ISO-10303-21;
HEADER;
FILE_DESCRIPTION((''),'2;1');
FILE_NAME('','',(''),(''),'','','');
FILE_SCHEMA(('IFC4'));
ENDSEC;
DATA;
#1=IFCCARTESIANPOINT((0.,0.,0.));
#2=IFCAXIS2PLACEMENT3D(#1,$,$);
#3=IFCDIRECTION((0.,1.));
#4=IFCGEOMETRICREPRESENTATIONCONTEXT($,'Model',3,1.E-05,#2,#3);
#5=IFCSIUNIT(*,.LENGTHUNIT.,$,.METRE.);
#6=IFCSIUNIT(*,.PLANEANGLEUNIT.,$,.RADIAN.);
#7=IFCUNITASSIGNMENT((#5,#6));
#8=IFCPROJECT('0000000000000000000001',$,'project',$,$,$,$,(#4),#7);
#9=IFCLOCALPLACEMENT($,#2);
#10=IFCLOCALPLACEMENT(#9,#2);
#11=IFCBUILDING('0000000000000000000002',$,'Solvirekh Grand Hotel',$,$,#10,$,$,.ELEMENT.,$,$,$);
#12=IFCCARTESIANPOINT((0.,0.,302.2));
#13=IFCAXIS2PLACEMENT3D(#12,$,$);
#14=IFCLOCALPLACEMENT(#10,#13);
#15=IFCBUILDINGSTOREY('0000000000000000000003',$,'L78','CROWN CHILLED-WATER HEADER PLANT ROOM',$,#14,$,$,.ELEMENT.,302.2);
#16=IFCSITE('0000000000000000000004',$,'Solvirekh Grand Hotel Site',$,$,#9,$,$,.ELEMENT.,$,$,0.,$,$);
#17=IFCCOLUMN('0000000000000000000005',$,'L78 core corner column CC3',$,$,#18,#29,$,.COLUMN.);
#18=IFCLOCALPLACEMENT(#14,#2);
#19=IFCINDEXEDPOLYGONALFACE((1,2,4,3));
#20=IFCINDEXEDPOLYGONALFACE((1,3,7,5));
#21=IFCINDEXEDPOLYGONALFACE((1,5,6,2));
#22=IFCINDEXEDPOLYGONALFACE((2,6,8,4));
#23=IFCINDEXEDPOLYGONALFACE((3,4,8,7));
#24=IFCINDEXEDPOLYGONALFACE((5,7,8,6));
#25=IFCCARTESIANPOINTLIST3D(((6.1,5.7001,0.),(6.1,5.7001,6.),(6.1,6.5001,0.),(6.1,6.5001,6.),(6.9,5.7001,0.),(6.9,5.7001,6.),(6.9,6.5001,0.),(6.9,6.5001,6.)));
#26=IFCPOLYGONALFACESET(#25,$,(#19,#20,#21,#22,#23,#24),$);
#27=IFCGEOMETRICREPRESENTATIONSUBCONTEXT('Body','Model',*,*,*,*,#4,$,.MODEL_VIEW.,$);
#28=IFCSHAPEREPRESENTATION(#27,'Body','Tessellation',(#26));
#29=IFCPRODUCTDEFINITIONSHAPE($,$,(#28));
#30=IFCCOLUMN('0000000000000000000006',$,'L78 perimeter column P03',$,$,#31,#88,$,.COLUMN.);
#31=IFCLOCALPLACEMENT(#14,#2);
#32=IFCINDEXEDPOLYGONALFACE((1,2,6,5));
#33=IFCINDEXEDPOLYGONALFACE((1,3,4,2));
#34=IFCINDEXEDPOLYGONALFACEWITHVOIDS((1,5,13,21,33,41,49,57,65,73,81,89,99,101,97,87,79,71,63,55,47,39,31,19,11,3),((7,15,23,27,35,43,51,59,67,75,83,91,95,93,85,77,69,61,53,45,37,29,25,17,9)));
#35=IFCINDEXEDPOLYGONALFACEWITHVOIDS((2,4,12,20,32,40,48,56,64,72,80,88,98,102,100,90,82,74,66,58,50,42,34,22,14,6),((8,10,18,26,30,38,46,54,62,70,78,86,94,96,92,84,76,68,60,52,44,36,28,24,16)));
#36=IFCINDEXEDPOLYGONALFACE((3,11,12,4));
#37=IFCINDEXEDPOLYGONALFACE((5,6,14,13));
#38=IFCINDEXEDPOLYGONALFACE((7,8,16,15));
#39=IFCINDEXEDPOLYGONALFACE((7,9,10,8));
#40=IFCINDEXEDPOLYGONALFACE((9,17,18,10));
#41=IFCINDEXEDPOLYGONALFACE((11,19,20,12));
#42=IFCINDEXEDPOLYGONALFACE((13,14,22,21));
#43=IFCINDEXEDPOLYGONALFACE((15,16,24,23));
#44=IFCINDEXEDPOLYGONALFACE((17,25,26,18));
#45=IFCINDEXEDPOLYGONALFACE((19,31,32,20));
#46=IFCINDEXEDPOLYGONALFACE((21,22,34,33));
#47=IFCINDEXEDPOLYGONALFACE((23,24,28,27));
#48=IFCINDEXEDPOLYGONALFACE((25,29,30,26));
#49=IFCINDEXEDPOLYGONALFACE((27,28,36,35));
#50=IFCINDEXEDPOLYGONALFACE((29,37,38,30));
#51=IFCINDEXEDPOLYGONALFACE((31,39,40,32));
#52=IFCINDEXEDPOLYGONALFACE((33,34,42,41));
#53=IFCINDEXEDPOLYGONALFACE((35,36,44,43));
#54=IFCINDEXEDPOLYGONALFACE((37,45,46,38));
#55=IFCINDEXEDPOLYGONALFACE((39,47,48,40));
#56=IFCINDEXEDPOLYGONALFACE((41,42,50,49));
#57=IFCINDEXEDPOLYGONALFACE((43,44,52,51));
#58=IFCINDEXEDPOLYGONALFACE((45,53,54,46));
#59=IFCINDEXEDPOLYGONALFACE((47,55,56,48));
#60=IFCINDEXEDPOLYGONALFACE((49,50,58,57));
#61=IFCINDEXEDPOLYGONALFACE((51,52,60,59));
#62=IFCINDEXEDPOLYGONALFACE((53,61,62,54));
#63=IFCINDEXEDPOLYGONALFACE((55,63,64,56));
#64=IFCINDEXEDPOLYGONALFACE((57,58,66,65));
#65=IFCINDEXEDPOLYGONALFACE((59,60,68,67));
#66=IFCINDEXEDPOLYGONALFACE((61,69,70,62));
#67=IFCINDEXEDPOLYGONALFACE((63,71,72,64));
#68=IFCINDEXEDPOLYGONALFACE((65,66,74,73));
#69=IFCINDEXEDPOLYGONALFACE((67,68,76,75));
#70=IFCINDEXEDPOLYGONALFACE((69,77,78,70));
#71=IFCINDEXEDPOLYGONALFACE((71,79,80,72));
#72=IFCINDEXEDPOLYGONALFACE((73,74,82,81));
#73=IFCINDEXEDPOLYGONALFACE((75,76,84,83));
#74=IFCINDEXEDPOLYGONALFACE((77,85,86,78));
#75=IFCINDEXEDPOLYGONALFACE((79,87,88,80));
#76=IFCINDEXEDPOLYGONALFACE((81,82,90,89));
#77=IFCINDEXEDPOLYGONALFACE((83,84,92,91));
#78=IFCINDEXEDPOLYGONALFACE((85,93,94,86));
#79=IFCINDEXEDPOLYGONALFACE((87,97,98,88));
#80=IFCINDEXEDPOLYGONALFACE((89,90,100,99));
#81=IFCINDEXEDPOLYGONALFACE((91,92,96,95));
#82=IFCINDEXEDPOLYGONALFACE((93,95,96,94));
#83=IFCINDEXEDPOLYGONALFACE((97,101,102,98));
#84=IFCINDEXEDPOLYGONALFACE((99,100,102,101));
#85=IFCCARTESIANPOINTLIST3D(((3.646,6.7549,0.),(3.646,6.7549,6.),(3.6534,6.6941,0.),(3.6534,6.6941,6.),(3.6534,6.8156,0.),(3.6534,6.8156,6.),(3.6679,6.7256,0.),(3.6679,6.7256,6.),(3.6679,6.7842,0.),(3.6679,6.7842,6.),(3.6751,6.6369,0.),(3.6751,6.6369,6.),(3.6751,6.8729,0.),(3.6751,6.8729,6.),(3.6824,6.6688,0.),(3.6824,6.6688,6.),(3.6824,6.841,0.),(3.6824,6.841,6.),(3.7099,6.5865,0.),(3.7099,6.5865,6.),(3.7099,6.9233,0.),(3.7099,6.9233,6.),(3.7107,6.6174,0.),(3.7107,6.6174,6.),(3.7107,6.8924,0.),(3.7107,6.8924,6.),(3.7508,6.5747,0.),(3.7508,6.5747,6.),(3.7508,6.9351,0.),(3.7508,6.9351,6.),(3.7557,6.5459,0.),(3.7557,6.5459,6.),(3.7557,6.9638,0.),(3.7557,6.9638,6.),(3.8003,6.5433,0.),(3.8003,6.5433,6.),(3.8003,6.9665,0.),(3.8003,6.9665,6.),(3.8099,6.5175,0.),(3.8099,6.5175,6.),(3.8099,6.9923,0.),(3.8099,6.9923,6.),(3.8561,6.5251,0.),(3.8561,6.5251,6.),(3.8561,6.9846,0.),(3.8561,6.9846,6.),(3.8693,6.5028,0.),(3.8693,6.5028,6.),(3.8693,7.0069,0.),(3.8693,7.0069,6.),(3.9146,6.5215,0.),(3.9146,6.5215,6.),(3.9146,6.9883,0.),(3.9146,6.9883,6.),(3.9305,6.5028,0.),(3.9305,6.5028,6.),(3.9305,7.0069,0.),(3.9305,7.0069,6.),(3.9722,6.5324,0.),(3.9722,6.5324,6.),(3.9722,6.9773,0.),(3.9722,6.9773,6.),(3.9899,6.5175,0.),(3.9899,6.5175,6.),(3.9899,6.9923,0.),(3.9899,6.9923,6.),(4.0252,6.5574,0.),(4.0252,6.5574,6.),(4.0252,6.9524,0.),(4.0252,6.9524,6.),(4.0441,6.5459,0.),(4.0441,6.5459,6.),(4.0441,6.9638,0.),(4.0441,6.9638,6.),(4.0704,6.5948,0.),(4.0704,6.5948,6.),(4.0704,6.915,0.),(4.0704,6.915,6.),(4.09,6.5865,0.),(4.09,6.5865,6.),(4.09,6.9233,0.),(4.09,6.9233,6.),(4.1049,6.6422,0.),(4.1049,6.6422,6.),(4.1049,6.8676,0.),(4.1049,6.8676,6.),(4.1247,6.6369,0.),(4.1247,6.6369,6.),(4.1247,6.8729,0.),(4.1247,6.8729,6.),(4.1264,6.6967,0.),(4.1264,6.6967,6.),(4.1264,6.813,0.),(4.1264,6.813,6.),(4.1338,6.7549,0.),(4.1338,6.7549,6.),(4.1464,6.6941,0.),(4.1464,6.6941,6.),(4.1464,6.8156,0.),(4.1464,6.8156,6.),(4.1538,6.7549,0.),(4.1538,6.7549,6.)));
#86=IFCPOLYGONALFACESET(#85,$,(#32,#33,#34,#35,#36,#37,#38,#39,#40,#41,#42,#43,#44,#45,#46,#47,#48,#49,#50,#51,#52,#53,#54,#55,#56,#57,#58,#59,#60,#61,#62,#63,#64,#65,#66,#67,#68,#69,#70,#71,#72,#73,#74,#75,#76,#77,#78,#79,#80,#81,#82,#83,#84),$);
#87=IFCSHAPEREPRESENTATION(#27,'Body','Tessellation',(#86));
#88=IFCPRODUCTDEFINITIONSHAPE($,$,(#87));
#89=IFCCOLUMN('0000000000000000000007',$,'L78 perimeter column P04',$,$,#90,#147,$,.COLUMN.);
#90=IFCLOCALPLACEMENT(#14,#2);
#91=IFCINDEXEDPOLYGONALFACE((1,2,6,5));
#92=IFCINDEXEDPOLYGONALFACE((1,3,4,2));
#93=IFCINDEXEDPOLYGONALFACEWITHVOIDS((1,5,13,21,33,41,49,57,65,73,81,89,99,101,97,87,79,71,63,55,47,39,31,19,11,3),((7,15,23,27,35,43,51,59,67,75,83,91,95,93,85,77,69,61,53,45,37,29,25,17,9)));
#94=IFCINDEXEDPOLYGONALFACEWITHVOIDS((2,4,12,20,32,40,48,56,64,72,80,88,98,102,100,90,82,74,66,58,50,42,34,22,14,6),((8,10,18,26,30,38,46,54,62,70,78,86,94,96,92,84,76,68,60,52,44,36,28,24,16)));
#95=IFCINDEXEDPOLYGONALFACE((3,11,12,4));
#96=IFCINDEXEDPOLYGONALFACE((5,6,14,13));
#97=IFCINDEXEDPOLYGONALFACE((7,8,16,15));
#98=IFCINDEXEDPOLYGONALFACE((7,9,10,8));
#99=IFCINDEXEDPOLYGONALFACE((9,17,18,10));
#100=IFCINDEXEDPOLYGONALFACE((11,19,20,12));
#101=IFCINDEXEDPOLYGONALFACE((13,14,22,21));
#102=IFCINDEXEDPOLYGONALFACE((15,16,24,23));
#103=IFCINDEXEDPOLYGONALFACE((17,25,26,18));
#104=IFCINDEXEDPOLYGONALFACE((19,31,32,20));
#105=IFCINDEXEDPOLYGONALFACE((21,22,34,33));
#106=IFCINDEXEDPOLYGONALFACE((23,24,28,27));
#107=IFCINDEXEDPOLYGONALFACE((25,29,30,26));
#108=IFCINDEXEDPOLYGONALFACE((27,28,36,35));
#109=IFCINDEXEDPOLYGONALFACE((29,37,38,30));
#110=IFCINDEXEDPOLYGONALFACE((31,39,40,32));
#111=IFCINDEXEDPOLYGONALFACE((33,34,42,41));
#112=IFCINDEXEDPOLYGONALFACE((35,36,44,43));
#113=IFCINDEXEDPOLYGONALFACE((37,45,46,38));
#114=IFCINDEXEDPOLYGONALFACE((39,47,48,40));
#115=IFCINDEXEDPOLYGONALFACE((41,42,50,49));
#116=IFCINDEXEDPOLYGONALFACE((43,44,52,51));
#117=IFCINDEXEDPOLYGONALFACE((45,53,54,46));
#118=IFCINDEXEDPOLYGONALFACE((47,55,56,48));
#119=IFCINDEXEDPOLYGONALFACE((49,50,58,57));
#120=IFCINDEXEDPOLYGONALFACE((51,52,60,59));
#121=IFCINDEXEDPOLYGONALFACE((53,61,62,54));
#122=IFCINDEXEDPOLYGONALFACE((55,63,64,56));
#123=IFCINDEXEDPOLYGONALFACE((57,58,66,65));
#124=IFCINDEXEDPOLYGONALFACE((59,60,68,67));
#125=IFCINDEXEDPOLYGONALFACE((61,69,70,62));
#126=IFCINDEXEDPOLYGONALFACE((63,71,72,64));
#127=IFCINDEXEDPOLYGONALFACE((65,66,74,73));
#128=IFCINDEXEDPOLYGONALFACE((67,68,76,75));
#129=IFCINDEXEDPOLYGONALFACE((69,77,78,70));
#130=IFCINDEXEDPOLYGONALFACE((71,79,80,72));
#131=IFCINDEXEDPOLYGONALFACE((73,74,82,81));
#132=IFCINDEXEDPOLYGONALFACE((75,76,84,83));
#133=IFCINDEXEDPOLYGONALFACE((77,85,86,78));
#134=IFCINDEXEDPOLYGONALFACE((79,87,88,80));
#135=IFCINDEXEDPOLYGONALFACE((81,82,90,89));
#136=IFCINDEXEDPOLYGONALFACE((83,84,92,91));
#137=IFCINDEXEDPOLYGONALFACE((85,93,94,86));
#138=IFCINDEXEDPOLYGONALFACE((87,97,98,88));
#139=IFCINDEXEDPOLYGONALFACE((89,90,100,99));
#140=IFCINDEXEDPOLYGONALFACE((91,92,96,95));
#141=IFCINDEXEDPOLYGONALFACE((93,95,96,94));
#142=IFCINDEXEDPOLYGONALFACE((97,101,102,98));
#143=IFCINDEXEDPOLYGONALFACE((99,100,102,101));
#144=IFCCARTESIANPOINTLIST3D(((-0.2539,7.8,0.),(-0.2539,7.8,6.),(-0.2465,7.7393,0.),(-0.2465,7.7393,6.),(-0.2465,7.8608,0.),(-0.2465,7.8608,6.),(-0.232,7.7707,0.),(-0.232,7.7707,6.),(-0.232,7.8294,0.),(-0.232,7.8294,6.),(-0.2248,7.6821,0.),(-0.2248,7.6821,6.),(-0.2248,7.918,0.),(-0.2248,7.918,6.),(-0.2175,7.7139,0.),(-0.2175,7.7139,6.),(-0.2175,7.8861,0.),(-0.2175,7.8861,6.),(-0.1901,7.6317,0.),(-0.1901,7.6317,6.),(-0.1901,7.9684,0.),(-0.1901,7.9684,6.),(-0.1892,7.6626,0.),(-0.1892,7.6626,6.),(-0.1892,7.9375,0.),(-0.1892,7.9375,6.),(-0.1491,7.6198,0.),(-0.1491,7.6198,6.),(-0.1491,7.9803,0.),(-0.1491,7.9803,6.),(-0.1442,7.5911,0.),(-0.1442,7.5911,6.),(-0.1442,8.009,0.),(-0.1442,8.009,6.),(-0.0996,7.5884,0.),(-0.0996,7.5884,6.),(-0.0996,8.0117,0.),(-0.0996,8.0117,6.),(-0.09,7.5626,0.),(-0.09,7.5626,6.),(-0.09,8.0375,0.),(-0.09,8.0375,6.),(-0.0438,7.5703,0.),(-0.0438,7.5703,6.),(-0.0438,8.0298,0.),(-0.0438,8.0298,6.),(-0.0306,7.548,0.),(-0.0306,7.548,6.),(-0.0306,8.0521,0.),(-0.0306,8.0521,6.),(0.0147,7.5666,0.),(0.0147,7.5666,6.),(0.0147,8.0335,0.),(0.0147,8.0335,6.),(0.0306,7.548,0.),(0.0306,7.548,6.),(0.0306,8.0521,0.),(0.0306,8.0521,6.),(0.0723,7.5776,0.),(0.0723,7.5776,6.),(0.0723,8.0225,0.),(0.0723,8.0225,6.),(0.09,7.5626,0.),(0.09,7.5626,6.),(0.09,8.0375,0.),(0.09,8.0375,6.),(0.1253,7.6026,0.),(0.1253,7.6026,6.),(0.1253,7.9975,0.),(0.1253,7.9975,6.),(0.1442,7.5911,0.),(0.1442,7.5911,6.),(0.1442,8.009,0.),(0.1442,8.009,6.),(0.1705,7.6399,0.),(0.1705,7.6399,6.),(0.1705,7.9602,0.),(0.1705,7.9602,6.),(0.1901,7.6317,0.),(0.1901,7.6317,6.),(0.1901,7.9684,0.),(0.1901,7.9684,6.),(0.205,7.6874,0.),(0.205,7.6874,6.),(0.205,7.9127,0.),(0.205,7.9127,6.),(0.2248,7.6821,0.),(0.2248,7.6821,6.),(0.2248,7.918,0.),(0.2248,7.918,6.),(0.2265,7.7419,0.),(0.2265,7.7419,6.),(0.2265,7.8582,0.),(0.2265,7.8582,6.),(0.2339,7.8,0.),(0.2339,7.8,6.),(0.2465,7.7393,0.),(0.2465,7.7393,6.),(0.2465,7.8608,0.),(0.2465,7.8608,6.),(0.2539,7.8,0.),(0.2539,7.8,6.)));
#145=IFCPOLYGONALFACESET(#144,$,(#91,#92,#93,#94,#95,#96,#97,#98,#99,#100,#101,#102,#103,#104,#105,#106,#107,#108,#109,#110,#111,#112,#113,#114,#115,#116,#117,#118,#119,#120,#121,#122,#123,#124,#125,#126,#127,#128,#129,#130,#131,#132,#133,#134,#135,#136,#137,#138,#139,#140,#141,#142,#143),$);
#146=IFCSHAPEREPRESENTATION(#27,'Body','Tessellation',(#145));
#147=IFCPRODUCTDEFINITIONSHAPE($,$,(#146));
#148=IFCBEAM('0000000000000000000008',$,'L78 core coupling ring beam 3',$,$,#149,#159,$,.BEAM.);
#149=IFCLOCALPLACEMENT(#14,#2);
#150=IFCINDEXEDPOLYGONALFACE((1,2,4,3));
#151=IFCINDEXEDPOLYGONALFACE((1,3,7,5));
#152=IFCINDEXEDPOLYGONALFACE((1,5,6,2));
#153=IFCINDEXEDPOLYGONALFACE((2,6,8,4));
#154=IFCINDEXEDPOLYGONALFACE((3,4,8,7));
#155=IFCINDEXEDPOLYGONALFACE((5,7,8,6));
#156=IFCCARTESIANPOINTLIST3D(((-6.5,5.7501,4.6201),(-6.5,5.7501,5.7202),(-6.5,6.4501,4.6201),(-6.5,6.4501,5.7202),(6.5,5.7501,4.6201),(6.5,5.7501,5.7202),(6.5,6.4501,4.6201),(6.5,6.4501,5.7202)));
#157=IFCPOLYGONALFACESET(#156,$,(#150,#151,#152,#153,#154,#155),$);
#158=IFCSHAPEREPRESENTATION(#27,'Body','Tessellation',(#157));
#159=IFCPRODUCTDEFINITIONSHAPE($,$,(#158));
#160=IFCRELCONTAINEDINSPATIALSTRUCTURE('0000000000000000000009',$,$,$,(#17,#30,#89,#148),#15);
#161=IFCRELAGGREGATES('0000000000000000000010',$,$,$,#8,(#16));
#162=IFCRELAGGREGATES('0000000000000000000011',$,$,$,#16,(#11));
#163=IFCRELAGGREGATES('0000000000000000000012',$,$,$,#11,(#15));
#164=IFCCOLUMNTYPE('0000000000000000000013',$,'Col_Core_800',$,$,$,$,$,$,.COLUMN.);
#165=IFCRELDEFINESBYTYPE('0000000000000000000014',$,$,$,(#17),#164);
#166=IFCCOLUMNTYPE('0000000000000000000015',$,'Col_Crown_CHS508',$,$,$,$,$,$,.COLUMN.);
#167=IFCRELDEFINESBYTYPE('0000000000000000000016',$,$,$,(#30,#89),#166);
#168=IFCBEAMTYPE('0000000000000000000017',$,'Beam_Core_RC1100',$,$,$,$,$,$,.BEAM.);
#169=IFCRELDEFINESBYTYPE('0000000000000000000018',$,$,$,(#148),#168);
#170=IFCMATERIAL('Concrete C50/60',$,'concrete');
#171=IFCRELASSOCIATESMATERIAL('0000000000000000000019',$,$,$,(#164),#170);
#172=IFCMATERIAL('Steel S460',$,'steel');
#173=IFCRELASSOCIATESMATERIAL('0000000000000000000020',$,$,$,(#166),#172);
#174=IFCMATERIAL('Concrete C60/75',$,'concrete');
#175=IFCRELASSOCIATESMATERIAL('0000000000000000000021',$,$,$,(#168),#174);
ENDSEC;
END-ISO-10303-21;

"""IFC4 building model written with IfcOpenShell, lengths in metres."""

from ifc_helpers import new_model, si_unit, direction, frame, origin, origin_2d, place, context, subcontext, project, spatial, rectangle, hollow_circle, extrude, material, material_profile, profile_set, type_object, element, save


model = new_model("IFC4")

# Units and contexts
model_context = context("Model", 3, precision=1e-05, world=origin(), true_north=direction((0.0, 1.0)))
body_context = subcontext(model_context, "Body", "Model", "MODEL_VIEW")
ifc_project = project(units=[si_unit("LENGTHUNIT", "METRE"), si_unit("PLANEANGLEUNIT", "RADIAN")], contexts=[model_context])

# Site, building, storey
site_placement = place(None, origin())
site = spatial("IfcSite", under=ifc_project, at=site_placement, Name="Solvirekh Grand Hotel Site", CompositionType="ELEMENT", RefElevation=0.0)
building_placement = place(site_placement, origin())
building = spatial("IfcBuilding", under=site, at=building_placement, Name="Solvirekh Grand Hotel", CompositionType="ELEMENT")
storey_placement = place(building_placement, frame((0.0, 0.0, 302.2)))
storey = spatial("IfcBuildingStorey", under=building, at=storey_placement, Name="L78", Description="CROWN CHILLED-WATER HEADER PLANT ROOM", CompositionType="ELEMENT", Elevation=302.2)

# Columns
ifc_material_1 = material(Name="Concrete C50/60", Category="concrete")
ifc_material_profile_1 = material_profile(ifc_material_1, rectangle(XDim=0.8, YDim=0.8, at=origin_2d()), Name="RC 800X800")
ifc_profile_set_1 = profile_set([ifc_material_profile_1], Name="Concrete C50/60")
column_type_1 = type_object("IfcColumnType", Name="Col_Core_800", PredefinedType="COLUMN", material=ifc_profile_set_1)
column_placement = place(storey_placement, frame((6.5, 6.1001, 0.0), z_axis=(0.0, 0.0, 1.0), x_axis=(1.0, 0.0, 0.0)))
element("IfcColumn", 1, at=column_placement, inside=storey, type_object=column_type_1, Name="L78 core corner column CC3", PredefinedType="COLUMN", context=body_context, shape_type="SweptSolid", body=[
    extrude(rectangle(XDim=0.8, YDim=0.8, at=origin_2d()), origin(), (0.0, 0.0, 1.0), 6.0),
])
ifc_material_2 = material(Name="Steel S460", Category="steel")
ifc_material_profile_2 = material_profile(ifc_material_2, hollow_circle(Radius=0.2539, WallThickness=0.02, at=origin_2d()), Name="CHS 508X20")
ifc_profile_set_2 = profile_set([ifc_material_profile_2], Name="Steel S460")
column_type_2 = type_object("IfcColumnType", Name="Col_Crown_CHS508", PredefinedType="COLUMN", material=ifc_profile_set_2)
for number, where, z_axis, x_axis, name in (
    (2, (3.8999, 6.7549, 0.0), (0.0, 0.0, 1.0), (1.0, 0.0, 0.0), "L78 perimeter column P03"),
    (3, (0.0, 7.8, 0.0), (0.0, 0.0, 1.0), (1.0, 0.0, 0.0), "L78 perimeter column P04"),
):
    element("IfcColumn", number, at=place(storey_placement, frame(where, z_axis=z_axis, x_axis=x_axis)), inside=storey, type_object=column_type_2, Name=name, PredefinedType="COLUMN", context=body_context, shape_type="SweptSolid", body=[
        extrude(hollow_circle(Radius=0.2539, WallThickness=0.02, at=origin_2d()), origin(), (0.0, 0.0, 1.0), 6.0),
    ])

# Beam
ifc_material_3 = material(Name="Concrete C60/75", Category="concrete")
ifc_material_profile_3 = material_profile(ifc_material_3, rectangle(XDim=0.7, YDim=1.1001, at=origin_2d()), Name="RC BEAM 700X1100")
ifc_profile_set_3 = profile_set([ifc_material_profile_3], Name="Concrete C60/75")
beam_type_1 = type_object("IfcBeamType", Name="Beam_Core_RC1100", PredefinedType="BEAM", material=ifc_profile_set_3)
beam_placement = place(storey_placement, frame((6.5, 6.1001, 5.1702), z_axis=(-1.0, 0.0, 0.0), x_axis=(0.0, -1.0, 0.0)))
element("IfcBeam", 4, at=beam_placement, inside=storey, type_object=beam_type_1, Name="L78 core coupling ring beam 3", PredefinedType="BEAM", context=body_context, shape_type="SweptSolid", body=[
    extrude(rectangle(XDim=0.7, YDim=1.1001, at=origin_2d()), origin(), (0.0, 0.0, 1.0), 13.0),
])

save(model, "model.ifc")
